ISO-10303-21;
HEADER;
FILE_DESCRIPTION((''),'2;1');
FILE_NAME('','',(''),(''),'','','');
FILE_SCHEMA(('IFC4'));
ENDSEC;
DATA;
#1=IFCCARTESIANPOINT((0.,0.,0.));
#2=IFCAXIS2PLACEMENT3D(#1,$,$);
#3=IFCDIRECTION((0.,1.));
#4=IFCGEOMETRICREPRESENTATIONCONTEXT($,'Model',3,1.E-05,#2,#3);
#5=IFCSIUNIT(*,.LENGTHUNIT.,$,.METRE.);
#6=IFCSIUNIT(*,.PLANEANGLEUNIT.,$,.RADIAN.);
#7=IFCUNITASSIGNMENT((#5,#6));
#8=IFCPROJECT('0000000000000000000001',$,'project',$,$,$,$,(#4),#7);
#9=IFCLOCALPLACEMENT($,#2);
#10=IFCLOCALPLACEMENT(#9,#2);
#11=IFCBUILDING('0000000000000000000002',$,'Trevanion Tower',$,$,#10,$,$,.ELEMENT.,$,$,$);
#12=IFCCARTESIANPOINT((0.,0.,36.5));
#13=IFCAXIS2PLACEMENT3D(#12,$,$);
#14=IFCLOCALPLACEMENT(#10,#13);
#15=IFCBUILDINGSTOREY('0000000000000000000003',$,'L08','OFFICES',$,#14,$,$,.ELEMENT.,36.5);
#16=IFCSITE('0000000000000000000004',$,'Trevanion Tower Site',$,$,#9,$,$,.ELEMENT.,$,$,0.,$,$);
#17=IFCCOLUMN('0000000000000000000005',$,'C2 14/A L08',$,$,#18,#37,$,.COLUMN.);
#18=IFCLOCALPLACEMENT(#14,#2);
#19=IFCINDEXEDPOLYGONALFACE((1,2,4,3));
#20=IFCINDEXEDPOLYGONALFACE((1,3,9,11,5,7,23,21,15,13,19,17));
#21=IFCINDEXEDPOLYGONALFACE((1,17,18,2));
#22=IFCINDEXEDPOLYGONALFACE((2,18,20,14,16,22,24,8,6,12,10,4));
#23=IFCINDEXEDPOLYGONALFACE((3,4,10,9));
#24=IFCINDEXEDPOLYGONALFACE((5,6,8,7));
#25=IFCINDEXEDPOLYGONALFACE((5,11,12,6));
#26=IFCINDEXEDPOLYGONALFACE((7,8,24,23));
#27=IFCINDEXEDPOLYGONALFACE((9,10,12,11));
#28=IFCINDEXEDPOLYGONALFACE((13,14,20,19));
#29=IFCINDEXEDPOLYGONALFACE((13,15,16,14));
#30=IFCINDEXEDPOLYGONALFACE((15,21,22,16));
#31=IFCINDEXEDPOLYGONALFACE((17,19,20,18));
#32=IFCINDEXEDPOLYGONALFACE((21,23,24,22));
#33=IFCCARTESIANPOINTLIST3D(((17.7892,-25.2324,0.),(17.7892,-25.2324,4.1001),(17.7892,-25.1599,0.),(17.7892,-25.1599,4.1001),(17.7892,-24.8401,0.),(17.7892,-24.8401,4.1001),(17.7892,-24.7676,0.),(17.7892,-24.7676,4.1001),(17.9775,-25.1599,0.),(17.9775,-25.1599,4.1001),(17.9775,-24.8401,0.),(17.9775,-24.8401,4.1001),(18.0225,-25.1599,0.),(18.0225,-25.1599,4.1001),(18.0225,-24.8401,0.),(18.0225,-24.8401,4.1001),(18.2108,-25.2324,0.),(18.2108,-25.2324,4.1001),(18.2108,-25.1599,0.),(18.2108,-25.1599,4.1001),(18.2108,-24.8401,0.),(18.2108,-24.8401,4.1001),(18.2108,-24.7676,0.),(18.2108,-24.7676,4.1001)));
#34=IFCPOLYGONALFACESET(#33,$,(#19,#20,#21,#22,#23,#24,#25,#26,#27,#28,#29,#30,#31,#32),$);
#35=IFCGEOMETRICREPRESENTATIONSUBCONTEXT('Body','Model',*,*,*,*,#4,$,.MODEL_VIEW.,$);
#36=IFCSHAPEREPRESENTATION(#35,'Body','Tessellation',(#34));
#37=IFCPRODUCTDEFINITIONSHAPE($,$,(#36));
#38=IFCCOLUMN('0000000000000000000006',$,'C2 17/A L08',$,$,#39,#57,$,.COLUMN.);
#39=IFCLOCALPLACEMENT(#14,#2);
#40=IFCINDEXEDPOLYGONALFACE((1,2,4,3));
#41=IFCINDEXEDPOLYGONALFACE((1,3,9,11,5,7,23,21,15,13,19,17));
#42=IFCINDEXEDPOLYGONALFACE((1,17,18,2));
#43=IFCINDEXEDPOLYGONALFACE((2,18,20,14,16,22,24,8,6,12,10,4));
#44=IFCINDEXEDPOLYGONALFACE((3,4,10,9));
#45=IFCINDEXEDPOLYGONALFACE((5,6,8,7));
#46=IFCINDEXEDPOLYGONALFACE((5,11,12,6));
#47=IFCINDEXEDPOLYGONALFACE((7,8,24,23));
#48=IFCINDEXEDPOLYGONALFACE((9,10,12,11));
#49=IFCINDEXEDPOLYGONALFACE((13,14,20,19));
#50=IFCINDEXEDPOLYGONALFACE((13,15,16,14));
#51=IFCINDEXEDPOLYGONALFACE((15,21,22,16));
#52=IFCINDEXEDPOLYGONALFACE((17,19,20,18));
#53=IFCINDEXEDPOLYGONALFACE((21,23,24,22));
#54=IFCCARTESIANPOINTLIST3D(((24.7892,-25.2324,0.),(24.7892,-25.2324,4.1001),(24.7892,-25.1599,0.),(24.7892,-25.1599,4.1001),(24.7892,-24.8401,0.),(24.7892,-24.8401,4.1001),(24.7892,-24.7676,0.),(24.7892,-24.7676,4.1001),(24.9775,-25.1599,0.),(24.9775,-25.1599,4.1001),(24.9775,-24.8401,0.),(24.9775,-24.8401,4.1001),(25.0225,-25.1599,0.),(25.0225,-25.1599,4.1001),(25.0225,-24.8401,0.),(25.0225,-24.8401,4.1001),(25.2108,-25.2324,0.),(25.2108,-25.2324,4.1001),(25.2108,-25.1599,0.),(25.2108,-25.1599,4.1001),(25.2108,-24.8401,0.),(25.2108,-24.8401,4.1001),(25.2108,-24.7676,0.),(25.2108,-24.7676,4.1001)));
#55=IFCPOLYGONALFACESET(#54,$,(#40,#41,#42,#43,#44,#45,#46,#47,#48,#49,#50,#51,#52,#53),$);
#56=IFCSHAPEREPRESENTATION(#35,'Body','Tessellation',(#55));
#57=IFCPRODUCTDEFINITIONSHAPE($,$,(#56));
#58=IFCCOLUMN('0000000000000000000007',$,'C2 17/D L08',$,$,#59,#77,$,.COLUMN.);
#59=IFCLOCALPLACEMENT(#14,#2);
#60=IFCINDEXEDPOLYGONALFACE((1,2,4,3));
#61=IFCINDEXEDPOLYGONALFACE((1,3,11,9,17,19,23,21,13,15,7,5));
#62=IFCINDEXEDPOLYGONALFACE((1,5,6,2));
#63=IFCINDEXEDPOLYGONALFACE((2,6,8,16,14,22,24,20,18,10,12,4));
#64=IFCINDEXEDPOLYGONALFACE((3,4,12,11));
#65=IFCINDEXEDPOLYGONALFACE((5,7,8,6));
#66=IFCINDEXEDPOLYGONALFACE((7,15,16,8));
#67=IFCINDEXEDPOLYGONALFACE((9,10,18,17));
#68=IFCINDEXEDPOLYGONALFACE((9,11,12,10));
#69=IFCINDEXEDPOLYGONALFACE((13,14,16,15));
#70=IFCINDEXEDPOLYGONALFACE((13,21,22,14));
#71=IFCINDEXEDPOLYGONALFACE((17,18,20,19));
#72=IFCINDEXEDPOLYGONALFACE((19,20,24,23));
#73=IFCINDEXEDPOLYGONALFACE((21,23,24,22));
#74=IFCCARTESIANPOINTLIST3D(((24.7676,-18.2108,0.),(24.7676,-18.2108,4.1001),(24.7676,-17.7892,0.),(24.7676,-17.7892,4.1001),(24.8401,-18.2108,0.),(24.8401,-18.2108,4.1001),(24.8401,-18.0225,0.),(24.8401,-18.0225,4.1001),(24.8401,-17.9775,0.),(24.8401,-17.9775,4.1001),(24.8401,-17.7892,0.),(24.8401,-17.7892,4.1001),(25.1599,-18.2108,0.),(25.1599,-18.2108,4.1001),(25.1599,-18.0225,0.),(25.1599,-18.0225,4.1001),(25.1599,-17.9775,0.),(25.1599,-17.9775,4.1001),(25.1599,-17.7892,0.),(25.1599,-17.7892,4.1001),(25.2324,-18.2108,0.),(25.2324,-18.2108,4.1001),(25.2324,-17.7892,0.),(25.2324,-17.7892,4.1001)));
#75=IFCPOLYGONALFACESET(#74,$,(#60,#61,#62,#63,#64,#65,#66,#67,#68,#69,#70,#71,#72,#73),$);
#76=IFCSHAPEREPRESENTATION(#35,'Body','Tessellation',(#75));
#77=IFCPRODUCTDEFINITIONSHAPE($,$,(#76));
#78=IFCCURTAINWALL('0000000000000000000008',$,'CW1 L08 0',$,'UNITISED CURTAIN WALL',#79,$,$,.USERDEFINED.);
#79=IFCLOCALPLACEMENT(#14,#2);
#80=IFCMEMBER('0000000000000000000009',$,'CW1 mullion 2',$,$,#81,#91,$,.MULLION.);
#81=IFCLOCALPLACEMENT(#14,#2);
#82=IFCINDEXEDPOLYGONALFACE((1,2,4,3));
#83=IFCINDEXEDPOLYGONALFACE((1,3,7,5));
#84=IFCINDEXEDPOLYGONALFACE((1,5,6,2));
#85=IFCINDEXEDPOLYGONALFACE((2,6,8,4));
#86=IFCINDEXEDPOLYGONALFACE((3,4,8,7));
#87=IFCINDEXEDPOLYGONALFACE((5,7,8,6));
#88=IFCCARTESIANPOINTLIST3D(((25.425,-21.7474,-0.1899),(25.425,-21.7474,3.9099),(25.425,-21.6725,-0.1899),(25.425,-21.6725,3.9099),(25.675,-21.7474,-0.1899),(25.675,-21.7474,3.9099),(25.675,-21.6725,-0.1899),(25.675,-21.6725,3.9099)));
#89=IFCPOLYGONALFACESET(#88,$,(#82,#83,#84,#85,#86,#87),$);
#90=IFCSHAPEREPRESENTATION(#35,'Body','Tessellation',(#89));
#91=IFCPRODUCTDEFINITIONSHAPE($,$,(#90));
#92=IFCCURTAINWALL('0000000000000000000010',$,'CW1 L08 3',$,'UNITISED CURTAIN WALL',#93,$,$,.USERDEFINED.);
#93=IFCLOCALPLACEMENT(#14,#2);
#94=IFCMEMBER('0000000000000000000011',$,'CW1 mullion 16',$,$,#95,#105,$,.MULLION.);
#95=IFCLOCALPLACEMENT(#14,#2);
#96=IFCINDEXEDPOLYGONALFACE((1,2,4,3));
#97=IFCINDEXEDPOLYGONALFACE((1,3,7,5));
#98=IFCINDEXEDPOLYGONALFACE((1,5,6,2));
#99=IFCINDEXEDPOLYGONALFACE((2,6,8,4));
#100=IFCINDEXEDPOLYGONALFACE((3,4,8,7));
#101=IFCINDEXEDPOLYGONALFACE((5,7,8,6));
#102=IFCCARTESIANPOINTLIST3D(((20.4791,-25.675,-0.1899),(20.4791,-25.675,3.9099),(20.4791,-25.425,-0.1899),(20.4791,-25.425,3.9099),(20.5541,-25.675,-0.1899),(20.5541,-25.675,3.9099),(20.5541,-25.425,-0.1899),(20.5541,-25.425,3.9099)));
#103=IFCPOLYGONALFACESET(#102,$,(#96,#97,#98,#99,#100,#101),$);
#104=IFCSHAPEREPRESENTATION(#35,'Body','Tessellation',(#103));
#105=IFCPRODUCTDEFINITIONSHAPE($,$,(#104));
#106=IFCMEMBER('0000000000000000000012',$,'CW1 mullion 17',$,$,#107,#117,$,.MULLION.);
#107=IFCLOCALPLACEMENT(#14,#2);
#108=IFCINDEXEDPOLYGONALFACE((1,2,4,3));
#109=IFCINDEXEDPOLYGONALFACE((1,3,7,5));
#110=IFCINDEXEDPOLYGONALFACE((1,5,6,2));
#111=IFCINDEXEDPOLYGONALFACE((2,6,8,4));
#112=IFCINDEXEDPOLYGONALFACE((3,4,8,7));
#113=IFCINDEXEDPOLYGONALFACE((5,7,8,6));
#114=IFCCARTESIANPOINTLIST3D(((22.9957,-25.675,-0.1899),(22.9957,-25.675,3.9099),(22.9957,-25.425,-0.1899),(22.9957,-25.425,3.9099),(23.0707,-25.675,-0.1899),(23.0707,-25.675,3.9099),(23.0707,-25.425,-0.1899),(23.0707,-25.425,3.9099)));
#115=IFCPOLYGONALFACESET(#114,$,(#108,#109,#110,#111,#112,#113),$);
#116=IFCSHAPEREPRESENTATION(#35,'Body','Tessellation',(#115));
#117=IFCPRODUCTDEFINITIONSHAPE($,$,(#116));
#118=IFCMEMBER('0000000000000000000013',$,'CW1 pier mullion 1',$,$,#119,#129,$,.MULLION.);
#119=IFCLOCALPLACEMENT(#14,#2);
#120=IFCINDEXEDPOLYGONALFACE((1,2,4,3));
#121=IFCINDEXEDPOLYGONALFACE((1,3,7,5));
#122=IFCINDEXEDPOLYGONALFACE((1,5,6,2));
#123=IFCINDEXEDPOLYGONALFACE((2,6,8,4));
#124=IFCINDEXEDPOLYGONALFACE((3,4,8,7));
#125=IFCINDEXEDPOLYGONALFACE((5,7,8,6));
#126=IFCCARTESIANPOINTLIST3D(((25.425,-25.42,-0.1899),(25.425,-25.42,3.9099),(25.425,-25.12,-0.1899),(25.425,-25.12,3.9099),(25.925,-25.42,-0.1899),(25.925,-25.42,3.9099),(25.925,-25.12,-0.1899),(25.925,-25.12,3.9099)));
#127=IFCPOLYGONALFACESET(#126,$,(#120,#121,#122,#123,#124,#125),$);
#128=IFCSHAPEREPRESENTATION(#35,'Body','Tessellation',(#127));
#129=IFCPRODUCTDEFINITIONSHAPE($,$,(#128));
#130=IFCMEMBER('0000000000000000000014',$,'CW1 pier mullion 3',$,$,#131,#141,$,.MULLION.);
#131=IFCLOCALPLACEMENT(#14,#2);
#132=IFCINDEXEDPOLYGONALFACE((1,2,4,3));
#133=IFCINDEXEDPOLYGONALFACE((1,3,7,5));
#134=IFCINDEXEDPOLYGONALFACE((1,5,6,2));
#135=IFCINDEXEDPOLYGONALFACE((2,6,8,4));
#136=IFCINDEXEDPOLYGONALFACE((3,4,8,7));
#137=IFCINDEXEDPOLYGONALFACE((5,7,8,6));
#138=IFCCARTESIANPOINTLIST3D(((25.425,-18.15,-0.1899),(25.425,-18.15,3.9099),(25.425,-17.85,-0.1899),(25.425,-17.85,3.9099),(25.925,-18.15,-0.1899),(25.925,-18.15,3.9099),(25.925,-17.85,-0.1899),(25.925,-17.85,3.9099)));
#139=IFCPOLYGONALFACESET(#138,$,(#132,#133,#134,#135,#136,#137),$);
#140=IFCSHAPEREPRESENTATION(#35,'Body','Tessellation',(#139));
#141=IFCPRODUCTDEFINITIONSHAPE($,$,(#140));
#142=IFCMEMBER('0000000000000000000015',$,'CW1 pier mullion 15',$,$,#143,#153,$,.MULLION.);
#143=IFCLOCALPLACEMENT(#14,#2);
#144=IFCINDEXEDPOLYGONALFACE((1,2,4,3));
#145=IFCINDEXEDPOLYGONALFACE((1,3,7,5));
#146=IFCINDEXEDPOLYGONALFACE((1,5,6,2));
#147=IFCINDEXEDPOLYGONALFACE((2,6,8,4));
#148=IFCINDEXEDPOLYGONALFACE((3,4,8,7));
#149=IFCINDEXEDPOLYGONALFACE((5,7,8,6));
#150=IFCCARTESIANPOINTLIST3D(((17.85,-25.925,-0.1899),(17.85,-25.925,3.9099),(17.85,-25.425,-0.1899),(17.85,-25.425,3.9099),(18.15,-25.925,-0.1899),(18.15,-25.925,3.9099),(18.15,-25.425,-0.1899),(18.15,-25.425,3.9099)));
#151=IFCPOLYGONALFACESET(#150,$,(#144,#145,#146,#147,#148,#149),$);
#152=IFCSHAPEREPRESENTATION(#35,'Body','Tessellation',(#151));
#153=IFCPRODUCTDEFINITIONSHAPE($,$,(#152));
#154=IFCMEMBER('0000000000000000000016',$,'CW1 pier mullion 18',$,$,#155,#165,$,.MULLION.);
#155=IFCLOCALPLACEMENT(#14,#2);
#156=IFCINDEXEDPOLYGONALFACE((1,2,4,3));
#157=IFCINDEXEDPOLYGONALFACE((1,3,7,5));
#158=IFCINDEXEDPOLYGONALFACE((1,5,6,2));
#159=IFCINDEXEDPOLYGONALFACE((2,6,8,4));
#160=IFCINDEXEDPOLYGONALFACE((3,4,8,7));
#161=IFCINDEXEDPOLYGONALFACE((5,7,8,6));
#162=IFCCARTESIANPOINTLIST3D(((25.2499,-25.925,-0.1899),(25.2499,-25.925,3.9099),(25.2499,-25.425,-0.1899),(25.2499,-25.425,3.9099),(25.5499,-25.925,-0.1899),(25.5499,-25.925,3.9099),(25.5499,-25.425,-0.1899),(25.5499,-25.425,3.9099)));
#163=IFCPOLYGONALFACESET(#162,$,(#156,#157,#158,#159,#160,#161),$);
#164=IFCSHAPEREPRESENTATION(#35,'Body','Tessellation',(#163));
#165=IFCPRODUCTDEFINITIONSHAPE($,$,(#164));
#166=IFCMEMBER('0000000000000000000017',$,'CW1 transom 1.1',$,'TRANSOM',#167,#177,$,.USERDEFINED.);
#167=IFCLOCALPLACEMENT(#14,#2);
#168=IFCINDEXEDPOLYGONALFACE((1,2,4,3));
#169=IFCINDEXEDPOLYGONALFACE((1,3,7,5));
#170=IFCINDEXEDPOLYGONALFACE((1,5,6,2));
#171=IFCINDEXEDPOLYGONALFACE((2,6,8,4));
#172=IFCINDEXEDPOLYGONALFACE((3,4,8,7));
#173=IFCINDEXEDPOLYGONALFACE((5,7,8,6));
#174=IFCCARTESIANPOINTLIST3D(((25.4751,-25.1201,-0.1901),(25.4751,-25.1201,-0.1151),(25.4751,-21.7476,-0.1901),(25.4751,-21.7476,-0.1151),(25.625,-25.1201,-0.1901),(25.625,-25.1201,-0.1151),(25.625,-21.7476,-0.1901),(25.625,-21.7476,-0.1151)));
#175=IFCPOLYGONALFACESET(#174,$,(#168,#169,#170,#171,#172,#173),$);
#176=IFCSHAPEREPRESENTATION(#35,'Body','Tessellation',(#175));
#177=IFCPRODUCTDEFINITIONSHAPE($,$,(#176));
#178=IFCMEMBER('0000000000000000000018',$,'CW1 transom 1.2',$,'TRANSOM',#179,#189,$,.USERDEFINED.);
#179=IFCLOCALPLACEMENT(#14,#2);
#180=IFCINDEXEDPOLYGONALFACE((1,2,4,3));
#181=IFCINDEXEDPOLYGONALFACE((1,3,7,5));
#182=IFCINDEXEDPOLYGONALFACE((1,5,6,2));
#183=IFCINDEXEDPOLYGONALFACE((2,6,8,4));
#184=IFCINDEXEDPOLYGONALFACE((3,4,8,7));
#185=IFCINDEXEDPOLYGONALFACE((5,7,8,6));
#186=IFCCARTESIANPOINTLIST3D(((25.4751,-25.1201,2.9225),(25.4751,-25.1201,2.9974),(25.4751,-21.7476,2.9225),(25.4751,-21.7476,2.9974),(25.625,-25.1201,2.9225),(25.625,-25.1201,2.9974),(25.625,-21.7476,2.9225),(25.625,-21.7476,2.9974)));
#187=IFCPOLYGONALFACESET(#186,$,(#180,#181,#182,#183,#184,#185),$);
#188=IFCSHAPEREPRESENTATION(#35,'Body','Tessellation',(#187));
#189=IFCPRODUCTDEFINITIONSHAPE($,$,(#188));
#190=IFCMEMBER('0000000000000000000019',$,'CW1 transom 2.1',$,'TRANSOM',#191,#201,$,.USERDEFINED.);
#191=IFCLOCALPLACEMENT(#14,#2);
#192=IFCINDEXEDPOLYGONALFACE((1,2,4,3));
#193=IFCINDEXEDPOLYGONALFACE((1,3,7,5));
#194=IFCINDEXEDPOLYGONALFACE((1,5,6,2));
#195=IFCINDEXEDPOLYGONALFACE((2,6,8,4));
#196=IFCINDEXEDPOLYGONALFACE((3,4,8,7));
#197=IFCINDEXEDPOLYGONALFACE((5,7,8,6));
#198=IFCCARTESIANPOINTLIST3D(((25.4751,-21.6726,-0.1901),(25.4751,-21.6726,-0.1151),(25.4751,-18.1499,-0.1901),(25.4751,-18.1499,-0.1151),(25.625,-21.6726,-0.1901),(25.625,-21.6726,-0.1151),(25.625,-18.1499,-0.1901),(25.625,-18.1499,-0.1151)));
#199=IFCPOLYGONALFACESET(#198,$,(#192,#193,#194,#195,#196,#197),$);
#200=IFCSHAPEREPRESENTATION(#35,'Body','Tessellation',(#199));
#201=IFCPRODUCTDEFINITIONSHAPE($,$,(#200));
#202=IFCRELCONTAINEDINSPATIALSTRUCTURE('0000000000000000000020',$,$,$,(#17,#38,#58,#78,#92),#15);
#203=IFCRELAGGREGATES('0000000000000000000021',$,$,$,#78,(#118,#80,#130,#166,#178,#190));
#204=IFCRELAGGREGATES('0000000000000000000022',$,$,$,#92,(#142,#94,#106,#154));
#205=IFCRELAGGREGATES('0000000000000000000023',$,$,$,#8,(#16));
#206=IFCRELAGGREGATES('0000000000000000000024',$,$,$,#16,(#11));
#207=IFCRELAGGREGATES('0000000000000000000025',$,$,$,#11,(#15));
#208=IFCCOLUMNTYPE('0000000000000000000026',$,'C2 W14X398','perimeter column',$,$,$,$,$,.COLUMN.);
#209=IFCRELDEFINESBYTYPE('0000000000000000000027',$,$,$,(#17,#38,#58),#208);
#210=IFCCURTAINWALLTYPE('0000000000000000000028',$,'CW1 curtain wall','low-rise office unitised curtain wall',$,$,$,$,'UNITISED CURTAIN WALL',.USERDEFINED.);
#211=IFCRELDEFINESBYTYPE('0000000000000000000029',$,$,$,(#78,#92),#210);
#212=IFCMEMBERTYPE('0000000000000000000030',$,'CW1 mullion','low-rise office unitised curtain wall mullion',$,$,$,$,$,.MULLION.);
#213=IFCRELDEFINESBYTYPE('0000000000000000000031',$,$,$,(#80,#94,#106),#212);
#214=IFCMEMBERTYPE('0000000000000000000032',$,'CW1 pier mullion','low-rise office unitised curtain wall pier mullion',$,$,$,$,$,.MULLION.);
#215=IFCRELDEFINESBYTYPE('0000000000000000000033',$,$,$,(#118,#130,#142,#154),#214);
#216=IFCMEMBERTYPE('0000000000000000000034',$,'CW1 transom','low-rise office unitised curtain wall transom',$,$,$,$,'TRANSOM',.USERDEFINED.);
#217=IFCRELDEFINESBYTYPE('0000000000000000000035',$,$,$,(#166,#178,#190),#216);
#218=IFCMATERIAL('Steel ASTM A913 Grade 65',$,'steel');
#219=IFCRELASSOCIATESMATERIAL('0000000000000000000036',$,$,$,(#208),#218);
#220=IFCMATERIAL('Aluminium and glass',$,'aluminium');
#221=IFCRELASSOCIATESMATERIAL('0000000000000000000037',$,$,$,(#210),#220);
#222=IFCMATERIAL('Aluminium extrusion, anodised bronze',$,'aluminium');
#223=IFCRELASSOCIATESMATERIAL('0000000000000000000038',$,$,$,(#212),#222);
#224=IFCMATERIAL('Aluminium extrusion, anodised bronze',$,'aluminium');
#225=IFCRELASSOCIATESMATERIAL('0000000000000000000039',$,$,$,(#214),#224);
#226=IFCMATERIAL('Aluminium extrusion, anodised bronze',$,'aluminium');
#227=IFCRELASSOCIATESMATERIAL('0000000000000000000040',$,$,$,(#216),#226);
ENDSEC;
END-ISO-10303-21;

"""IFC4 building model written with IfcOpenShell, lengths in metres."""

from ifc_helpers import new_model, si_unit, direction, frame, origin, origin_2d, place, context, subcontext, project, spatial, rectangle, i_section, extrude, material, material_profile, profile_set, type_object, element, aggregate, save


model = new_model("IFC4")

# Units and contexts
model_context = context("Model", 3, precision=1e-05, world=origin(), true_north=direction((0.0, 1.0)))
body_context = subcontext(model_context, "Body", "Model", "MODEL_VIEW")
ifc_project = project(units=[si_unit("LENGTHUNIT", "METRE"), si_unit("PLANEANGLEUNIT", "RADIAN")], contexts=[model_context])

# Site, building, storey
site_placement = place(None, origin())
site = spatial("IfcSite", under=ifc_project, at=site_placement, Name="Trevanion Tower Site", CompositionType="ELEMENT", RefElevation=0.0)
building_placement = place(site_placement, origin())
building = spatial("IfcBuilding", under=site, at=building_placement, Name="Trevanion Tower", CompositionType="ELEMENT")
storey_placement = place(building_placement, frame((0.0, 0.0, 36.5)))
storey = spatial("IfcBuildingStorey", under=building, at=storey_placement, Name="L08", Description="OFFICES", CompositionType="ELEMENT", Elevation=36.5)

# Columns
ifc_material_1 = material(Name="Steel ASTM A913 Grade 65", Category="steel")
ifc_material_profile_1 = material_profile(ifc_material_1, i_section(OverallWidth=0.4216, OverallDepth=0.4648, WebThickness=0.0449, FlangeThickness=0.0725, at=origin_2d()), Name="W14X398")
ifc_profile_set_1 = profile_set([ifc_material_profile_1], Name="Steel ASTM A913 Grade 65")
column_type = type_object("IfcColumnType", Name="C2 W14X398", Description="perimeter column", PredefinedType="COLUMN", material=ifc_profile_set_1)
for number, where, z_axis, x_axis, name in (
    (1, (18.0, -25.0, 0.0), (0.0, 0.0, 1.0), (1.0, 0.0, 0.0), "C2 14/A L08"),
    (2, (25.0, -25.0, 0.0), (0.0, 0.0, 1.0), (1.0, 0.0, 0.0), "C2 17/A L08"),
    (3, (25.0, -18.0, 0.0), (0.0, 0.0, 1.0), (0.0, 1.0, 0.0), "C2 17/D L08"),
):
    element("IfcColumn", number, at=place(storey_placement, frame(where, z_axis=z_axis, x_axis=x_axis)), inside=storey, type_object=column_type, Name=name, PredefinedType="COLUMN", context=body_context, shape_type="SweptSolid", body=[
        extrude(i_section(OverallWidth=0.4216, OverallDepth=0.4648, WebThickness=0.0449, FlangeThickness=0.0725, at=origin_2d()), origin(), (0.0, 0.0, 1.0), 4.1001),
    ])

# Curtain wall, member
ifc_material_2 = material(Name="Aluminium and glass", Category="aluminium")
curtain_wall_type = type_object("IfcCurtainWallType", Name="CW1 curtain wall", Description="low-rise office unitised curtain wall", ElementType="UNITISED CURTAIN WALL", PredefinedType="USERDEFINED", material=ifc_material_2)
curtain_wall_1_placement = place(storey_placement, origin())
curtain_wall_1 = element("IfcCurtainWall", 4, at=curtain_wall_1_placement, inside=storey, type_object=curtain_wall_type, Name="CW1 L08 0", ObjectType="UNITISED CURTAIN WALL", PredefinedType="USERDEFINED")
ifc_material_3 = material(Name="Aluminium extrusion, anodised bronze", Category="aluminium")
ifc_material_profile_2 = material_profile(ifc_material_3, rectangle(XDim=0.075, YDim=0.25, at=origin_2d()), Name="CW1 mullion")
ifc_profile_set_2 = profile_set([ifc_material_profile_2], Name="Aluminium extrusion, anodised bronze")
member_type_1 = type_object("IfcMemberType", Name="CW1 mullion", Description="low-rise office unitised curtain wall mullion", PredefinedType="MULLION", material=ifc_profile_set_2)
member_1_placement = place(storey_placement, frame((25.55, -21.71, -0.1899), z_axis=(0.0, 0.0, 1.0), x_axis=(0.0, 1.0, 0.0)))
member_1 = element("IfcMember", 5, at=member_1_placement, type_object=member_type_1, Name="CW1 mullion 2", PredefinedType="MULLION", context=body_context, shape_type="SweptSolid", body=[
    extrude(rectangle(XDim=0.075, YDim=0.25, at=origin_2d()), origin(), (0.0, 0.0, 1.0), 4.0999),
])

# Curtain wall, members
curtain_wall_2_placement = place(storey_placement, origin())
curtain_wall_2 = element("IfcCurtainWall", 6, at=curtain_wall_2_placement, inside=storey, type_object=curtain_wall_type, Name="CW1 L08 3", ObjectType="UNITISED CURTAIN WALL", PredefinedType="USERDEFINED")
member_2_placement = place(storey_placement, frame((20.5166, -25.55, -0.1899), z_axis=(0.0, 0.0, 1.0), x_axis=(1.0, 0.0, 0.0)))
member_2 = element("IfcMember", 7, at=member_2_placement, type_object=member_type_1, Name="CW1 mullion 16", PredefinedType="MULLION", context=body_context, shape_type="SweptSolid", body=[
    extrude(rectangle(XDim=0.075, YDim=0.25, at=origin_2d()), origin(), (0.0, 0.0, 1.0), 4.0999),
])
member_3_placement = place(storey_placement, frame((23.0332, -25.55, -0.1899), z_axis=(0.0, 0.0, 1.0), x_axis=(1.0, 0.0, 0.0)))
member_3 = element("IfcMember", 8, at=member_3_placement, type_object=member_type_1, Name="CW1 mullion 17", PredefinedType="MULLION", context=body_context, shape_type="SweptSolid", body=[
    extrude(rectangle(XDim=0.075, YDim=0.25, at=origin_2d()), origin(), (0.0, 0.0, 1.0), 4.0999),
])

# Members
ifc_material_4 = material(Name="Aluminium extrusion, anodised bronze", Category="aluminium")
ifc_material_profile_3 = material_profile(ifc_material_4, rectangle(XDim=0.3, YDim=0.5, at=origin_2d()), Name="CW1 pier mullion")
ifc_profile_set_3 = profile_set([ifc_material_profile_3], Name="Aluminium extrusion, anodised bronze")
member_type_2 = type_object("IfcMemberType", Name="CW1 pier mullion", Description="low-rise office unitised curtain wall pier mullion", PredefinedType="MULLION", material=ifc_profile_set_3)
member_4_placement = place(storey_placement, frame((25.675, -25.27, -0.1899), z_axis=(0.0, 0.0, 1.0), x_axis=(0.0, 1.0, 0.0)))
member_4 = element("IfcMember", 9, at=member_4_placement, type_object=member_type_2, Name="CW1 pier mullion 1", PredefinedType="MULLION", context=body_context, shape_type="SweptSolid", body=[
    extrude(rectangle(XDim=0.3, YDim=0.5, at=origin_2d()), origin(), (0.0, 0.0, 1.0), 4.0999),
])
member_5_placement = place(storey_placement, frame((25.675, -18.0, -0.1899), z_axis=(0.0, 0.0, 1.0), x_axis=(0.0, 1.0, 0.0)))
member_5 = element("IfcMember", 10, at=member_5_placement, type_object=member_type_2, Name="CW1 pier mullion 3", PredefinedType="MULLION", context=body_context, shape_type="SweptSolid", body=[
    extrude(rectangle(XDim=0.3, YDim=0.5, at=origin_2d()), origin(), (0.0, 0.0, 1.0), 4.0999),
])
member_6_placement = place(storey_placement, frame((18.0, -25.675, -0.1899), z_axis=(0.0, 0.0, 1.0), x_axis=(1.0, 0.0, 0.0)))
member_6 = element("IfcMember", 11, at=member_6_placement, type_object=member_type_2, Name="CW1 pier mullion 15", PredefinedType="MULLION", context=body_context, shape_type="SweptSolid", body=[
    extrude(rectangle(XDim=0.3, YDim=0.5, at=origin_2d()), origin(), (0.0, 0.0, 1.0), 4.0999),
])
member_7_placement = place(storey_placement, frame((25.3999, -25.675, -0.1899), z_axis=(0.0, 0.0, 1.0), x_axis=(1.0, 0.0, 0.0)))
member_7 = element("IfcMember", 12, at=member_7_placement, type_object=member_type_2, Name="CW1 pier mullion 18", PredefinedType="MULLION", context=body_context, shape_type="SweptSolid", body=[
    extrude(rectangle(XDim=0.3, YDim=0.5, at=origin_2d()), origin(), (0.0, 0.0, 1.0), 4.0999),
])
ifc_material_5 = material(Name="Aluminium extrusion, anodised bronze", Category="aluminium")
ifc_material_profile_4 = material_profile(ifc_material_5, rectangle(XDim=0.1499, YDim=0.075, at=origin_2d()), Name="CW1 transom")
ifc_profile_set_4 = profile_set([ifc_material_profile_4], Name="Aluminium extrusion, anodised bronze")
member_type_3 = type_object("IfcMemberType", Name="CW1 transom", Description="low-rise office unitised curtain wall transom", ElementType="TRANSOM", PredefinedType="USERDEFINED", material=ifc_profile_set_4)
member_8_placement = place(storey_placement, frame((25.55, -25.1201, -0.1526), z_axis=(0.0, 1.0, 0.0), x_axis=(-1.0, 0.0, 0.0)))
member_8 = element("IfcMember", 13, at=member_8_placement, type_object=member_type_3, Name="CW1 transom 1.1", ObjectType="TRANSOM", PredefinedType="USERDEFINED", context=body_context, shape_type="SweptSolid", body=[
    extrude(rectangle(XDim=0.1499, YDim=0.075, at=origin_2d()), origin(), (0.0, 0.0, 1.0), 3.3726),
])
member_9_placement = place(storey_placement, frame((25.55, -25.1201, 2.96), z_axis=(0.0, 1.0, 0.0), x_axis=(-1.0, 0.0, 0.0)))
member_9 = element("IfcMember", 14, at=member_9_placement, type_object=member_type_3, Name="CW1 transom 1.2", ObjectType="TRANSOM", PredefinedType="USERDEFINED", context=body_context, shape_type="SweptSolid", body=[
    extrude(rectangle(XDim=0.1499, YDim=0.075, at=origin_2d()), origin(), (0.0, 0.0, 1.0), 3.3726),
])
member_10_placement = place(storey_placement, frame((25.55, -21.6726, -0.1526), z_axis=(0.0, 1.0, 0.0), x_axis=(-1.0, 0.0, 0.0)))
member_10 = element("IfcMember", 15, at=member_10_placement, type_object=member_type_3, Name="CW1 transom 2.1", ObjectType="TRANSOM", PredefinedType="USERDEFINED", context=body_context, shape_type="SweptSolid", body=[
    extrude(rectangle(XDim=0.1499, YDim=0.075, at=origin_2d()), origin(), (0.0, 0.0, 1.0), 3.5227),
])

aggregate(curtain_wall_1, [member_4, member_1, member_5, member_8, member_9, member_10])
aggregate(curtain_wall_2, [member_6, member_2, member_3, member_7])

save(model, "model.ifc")
